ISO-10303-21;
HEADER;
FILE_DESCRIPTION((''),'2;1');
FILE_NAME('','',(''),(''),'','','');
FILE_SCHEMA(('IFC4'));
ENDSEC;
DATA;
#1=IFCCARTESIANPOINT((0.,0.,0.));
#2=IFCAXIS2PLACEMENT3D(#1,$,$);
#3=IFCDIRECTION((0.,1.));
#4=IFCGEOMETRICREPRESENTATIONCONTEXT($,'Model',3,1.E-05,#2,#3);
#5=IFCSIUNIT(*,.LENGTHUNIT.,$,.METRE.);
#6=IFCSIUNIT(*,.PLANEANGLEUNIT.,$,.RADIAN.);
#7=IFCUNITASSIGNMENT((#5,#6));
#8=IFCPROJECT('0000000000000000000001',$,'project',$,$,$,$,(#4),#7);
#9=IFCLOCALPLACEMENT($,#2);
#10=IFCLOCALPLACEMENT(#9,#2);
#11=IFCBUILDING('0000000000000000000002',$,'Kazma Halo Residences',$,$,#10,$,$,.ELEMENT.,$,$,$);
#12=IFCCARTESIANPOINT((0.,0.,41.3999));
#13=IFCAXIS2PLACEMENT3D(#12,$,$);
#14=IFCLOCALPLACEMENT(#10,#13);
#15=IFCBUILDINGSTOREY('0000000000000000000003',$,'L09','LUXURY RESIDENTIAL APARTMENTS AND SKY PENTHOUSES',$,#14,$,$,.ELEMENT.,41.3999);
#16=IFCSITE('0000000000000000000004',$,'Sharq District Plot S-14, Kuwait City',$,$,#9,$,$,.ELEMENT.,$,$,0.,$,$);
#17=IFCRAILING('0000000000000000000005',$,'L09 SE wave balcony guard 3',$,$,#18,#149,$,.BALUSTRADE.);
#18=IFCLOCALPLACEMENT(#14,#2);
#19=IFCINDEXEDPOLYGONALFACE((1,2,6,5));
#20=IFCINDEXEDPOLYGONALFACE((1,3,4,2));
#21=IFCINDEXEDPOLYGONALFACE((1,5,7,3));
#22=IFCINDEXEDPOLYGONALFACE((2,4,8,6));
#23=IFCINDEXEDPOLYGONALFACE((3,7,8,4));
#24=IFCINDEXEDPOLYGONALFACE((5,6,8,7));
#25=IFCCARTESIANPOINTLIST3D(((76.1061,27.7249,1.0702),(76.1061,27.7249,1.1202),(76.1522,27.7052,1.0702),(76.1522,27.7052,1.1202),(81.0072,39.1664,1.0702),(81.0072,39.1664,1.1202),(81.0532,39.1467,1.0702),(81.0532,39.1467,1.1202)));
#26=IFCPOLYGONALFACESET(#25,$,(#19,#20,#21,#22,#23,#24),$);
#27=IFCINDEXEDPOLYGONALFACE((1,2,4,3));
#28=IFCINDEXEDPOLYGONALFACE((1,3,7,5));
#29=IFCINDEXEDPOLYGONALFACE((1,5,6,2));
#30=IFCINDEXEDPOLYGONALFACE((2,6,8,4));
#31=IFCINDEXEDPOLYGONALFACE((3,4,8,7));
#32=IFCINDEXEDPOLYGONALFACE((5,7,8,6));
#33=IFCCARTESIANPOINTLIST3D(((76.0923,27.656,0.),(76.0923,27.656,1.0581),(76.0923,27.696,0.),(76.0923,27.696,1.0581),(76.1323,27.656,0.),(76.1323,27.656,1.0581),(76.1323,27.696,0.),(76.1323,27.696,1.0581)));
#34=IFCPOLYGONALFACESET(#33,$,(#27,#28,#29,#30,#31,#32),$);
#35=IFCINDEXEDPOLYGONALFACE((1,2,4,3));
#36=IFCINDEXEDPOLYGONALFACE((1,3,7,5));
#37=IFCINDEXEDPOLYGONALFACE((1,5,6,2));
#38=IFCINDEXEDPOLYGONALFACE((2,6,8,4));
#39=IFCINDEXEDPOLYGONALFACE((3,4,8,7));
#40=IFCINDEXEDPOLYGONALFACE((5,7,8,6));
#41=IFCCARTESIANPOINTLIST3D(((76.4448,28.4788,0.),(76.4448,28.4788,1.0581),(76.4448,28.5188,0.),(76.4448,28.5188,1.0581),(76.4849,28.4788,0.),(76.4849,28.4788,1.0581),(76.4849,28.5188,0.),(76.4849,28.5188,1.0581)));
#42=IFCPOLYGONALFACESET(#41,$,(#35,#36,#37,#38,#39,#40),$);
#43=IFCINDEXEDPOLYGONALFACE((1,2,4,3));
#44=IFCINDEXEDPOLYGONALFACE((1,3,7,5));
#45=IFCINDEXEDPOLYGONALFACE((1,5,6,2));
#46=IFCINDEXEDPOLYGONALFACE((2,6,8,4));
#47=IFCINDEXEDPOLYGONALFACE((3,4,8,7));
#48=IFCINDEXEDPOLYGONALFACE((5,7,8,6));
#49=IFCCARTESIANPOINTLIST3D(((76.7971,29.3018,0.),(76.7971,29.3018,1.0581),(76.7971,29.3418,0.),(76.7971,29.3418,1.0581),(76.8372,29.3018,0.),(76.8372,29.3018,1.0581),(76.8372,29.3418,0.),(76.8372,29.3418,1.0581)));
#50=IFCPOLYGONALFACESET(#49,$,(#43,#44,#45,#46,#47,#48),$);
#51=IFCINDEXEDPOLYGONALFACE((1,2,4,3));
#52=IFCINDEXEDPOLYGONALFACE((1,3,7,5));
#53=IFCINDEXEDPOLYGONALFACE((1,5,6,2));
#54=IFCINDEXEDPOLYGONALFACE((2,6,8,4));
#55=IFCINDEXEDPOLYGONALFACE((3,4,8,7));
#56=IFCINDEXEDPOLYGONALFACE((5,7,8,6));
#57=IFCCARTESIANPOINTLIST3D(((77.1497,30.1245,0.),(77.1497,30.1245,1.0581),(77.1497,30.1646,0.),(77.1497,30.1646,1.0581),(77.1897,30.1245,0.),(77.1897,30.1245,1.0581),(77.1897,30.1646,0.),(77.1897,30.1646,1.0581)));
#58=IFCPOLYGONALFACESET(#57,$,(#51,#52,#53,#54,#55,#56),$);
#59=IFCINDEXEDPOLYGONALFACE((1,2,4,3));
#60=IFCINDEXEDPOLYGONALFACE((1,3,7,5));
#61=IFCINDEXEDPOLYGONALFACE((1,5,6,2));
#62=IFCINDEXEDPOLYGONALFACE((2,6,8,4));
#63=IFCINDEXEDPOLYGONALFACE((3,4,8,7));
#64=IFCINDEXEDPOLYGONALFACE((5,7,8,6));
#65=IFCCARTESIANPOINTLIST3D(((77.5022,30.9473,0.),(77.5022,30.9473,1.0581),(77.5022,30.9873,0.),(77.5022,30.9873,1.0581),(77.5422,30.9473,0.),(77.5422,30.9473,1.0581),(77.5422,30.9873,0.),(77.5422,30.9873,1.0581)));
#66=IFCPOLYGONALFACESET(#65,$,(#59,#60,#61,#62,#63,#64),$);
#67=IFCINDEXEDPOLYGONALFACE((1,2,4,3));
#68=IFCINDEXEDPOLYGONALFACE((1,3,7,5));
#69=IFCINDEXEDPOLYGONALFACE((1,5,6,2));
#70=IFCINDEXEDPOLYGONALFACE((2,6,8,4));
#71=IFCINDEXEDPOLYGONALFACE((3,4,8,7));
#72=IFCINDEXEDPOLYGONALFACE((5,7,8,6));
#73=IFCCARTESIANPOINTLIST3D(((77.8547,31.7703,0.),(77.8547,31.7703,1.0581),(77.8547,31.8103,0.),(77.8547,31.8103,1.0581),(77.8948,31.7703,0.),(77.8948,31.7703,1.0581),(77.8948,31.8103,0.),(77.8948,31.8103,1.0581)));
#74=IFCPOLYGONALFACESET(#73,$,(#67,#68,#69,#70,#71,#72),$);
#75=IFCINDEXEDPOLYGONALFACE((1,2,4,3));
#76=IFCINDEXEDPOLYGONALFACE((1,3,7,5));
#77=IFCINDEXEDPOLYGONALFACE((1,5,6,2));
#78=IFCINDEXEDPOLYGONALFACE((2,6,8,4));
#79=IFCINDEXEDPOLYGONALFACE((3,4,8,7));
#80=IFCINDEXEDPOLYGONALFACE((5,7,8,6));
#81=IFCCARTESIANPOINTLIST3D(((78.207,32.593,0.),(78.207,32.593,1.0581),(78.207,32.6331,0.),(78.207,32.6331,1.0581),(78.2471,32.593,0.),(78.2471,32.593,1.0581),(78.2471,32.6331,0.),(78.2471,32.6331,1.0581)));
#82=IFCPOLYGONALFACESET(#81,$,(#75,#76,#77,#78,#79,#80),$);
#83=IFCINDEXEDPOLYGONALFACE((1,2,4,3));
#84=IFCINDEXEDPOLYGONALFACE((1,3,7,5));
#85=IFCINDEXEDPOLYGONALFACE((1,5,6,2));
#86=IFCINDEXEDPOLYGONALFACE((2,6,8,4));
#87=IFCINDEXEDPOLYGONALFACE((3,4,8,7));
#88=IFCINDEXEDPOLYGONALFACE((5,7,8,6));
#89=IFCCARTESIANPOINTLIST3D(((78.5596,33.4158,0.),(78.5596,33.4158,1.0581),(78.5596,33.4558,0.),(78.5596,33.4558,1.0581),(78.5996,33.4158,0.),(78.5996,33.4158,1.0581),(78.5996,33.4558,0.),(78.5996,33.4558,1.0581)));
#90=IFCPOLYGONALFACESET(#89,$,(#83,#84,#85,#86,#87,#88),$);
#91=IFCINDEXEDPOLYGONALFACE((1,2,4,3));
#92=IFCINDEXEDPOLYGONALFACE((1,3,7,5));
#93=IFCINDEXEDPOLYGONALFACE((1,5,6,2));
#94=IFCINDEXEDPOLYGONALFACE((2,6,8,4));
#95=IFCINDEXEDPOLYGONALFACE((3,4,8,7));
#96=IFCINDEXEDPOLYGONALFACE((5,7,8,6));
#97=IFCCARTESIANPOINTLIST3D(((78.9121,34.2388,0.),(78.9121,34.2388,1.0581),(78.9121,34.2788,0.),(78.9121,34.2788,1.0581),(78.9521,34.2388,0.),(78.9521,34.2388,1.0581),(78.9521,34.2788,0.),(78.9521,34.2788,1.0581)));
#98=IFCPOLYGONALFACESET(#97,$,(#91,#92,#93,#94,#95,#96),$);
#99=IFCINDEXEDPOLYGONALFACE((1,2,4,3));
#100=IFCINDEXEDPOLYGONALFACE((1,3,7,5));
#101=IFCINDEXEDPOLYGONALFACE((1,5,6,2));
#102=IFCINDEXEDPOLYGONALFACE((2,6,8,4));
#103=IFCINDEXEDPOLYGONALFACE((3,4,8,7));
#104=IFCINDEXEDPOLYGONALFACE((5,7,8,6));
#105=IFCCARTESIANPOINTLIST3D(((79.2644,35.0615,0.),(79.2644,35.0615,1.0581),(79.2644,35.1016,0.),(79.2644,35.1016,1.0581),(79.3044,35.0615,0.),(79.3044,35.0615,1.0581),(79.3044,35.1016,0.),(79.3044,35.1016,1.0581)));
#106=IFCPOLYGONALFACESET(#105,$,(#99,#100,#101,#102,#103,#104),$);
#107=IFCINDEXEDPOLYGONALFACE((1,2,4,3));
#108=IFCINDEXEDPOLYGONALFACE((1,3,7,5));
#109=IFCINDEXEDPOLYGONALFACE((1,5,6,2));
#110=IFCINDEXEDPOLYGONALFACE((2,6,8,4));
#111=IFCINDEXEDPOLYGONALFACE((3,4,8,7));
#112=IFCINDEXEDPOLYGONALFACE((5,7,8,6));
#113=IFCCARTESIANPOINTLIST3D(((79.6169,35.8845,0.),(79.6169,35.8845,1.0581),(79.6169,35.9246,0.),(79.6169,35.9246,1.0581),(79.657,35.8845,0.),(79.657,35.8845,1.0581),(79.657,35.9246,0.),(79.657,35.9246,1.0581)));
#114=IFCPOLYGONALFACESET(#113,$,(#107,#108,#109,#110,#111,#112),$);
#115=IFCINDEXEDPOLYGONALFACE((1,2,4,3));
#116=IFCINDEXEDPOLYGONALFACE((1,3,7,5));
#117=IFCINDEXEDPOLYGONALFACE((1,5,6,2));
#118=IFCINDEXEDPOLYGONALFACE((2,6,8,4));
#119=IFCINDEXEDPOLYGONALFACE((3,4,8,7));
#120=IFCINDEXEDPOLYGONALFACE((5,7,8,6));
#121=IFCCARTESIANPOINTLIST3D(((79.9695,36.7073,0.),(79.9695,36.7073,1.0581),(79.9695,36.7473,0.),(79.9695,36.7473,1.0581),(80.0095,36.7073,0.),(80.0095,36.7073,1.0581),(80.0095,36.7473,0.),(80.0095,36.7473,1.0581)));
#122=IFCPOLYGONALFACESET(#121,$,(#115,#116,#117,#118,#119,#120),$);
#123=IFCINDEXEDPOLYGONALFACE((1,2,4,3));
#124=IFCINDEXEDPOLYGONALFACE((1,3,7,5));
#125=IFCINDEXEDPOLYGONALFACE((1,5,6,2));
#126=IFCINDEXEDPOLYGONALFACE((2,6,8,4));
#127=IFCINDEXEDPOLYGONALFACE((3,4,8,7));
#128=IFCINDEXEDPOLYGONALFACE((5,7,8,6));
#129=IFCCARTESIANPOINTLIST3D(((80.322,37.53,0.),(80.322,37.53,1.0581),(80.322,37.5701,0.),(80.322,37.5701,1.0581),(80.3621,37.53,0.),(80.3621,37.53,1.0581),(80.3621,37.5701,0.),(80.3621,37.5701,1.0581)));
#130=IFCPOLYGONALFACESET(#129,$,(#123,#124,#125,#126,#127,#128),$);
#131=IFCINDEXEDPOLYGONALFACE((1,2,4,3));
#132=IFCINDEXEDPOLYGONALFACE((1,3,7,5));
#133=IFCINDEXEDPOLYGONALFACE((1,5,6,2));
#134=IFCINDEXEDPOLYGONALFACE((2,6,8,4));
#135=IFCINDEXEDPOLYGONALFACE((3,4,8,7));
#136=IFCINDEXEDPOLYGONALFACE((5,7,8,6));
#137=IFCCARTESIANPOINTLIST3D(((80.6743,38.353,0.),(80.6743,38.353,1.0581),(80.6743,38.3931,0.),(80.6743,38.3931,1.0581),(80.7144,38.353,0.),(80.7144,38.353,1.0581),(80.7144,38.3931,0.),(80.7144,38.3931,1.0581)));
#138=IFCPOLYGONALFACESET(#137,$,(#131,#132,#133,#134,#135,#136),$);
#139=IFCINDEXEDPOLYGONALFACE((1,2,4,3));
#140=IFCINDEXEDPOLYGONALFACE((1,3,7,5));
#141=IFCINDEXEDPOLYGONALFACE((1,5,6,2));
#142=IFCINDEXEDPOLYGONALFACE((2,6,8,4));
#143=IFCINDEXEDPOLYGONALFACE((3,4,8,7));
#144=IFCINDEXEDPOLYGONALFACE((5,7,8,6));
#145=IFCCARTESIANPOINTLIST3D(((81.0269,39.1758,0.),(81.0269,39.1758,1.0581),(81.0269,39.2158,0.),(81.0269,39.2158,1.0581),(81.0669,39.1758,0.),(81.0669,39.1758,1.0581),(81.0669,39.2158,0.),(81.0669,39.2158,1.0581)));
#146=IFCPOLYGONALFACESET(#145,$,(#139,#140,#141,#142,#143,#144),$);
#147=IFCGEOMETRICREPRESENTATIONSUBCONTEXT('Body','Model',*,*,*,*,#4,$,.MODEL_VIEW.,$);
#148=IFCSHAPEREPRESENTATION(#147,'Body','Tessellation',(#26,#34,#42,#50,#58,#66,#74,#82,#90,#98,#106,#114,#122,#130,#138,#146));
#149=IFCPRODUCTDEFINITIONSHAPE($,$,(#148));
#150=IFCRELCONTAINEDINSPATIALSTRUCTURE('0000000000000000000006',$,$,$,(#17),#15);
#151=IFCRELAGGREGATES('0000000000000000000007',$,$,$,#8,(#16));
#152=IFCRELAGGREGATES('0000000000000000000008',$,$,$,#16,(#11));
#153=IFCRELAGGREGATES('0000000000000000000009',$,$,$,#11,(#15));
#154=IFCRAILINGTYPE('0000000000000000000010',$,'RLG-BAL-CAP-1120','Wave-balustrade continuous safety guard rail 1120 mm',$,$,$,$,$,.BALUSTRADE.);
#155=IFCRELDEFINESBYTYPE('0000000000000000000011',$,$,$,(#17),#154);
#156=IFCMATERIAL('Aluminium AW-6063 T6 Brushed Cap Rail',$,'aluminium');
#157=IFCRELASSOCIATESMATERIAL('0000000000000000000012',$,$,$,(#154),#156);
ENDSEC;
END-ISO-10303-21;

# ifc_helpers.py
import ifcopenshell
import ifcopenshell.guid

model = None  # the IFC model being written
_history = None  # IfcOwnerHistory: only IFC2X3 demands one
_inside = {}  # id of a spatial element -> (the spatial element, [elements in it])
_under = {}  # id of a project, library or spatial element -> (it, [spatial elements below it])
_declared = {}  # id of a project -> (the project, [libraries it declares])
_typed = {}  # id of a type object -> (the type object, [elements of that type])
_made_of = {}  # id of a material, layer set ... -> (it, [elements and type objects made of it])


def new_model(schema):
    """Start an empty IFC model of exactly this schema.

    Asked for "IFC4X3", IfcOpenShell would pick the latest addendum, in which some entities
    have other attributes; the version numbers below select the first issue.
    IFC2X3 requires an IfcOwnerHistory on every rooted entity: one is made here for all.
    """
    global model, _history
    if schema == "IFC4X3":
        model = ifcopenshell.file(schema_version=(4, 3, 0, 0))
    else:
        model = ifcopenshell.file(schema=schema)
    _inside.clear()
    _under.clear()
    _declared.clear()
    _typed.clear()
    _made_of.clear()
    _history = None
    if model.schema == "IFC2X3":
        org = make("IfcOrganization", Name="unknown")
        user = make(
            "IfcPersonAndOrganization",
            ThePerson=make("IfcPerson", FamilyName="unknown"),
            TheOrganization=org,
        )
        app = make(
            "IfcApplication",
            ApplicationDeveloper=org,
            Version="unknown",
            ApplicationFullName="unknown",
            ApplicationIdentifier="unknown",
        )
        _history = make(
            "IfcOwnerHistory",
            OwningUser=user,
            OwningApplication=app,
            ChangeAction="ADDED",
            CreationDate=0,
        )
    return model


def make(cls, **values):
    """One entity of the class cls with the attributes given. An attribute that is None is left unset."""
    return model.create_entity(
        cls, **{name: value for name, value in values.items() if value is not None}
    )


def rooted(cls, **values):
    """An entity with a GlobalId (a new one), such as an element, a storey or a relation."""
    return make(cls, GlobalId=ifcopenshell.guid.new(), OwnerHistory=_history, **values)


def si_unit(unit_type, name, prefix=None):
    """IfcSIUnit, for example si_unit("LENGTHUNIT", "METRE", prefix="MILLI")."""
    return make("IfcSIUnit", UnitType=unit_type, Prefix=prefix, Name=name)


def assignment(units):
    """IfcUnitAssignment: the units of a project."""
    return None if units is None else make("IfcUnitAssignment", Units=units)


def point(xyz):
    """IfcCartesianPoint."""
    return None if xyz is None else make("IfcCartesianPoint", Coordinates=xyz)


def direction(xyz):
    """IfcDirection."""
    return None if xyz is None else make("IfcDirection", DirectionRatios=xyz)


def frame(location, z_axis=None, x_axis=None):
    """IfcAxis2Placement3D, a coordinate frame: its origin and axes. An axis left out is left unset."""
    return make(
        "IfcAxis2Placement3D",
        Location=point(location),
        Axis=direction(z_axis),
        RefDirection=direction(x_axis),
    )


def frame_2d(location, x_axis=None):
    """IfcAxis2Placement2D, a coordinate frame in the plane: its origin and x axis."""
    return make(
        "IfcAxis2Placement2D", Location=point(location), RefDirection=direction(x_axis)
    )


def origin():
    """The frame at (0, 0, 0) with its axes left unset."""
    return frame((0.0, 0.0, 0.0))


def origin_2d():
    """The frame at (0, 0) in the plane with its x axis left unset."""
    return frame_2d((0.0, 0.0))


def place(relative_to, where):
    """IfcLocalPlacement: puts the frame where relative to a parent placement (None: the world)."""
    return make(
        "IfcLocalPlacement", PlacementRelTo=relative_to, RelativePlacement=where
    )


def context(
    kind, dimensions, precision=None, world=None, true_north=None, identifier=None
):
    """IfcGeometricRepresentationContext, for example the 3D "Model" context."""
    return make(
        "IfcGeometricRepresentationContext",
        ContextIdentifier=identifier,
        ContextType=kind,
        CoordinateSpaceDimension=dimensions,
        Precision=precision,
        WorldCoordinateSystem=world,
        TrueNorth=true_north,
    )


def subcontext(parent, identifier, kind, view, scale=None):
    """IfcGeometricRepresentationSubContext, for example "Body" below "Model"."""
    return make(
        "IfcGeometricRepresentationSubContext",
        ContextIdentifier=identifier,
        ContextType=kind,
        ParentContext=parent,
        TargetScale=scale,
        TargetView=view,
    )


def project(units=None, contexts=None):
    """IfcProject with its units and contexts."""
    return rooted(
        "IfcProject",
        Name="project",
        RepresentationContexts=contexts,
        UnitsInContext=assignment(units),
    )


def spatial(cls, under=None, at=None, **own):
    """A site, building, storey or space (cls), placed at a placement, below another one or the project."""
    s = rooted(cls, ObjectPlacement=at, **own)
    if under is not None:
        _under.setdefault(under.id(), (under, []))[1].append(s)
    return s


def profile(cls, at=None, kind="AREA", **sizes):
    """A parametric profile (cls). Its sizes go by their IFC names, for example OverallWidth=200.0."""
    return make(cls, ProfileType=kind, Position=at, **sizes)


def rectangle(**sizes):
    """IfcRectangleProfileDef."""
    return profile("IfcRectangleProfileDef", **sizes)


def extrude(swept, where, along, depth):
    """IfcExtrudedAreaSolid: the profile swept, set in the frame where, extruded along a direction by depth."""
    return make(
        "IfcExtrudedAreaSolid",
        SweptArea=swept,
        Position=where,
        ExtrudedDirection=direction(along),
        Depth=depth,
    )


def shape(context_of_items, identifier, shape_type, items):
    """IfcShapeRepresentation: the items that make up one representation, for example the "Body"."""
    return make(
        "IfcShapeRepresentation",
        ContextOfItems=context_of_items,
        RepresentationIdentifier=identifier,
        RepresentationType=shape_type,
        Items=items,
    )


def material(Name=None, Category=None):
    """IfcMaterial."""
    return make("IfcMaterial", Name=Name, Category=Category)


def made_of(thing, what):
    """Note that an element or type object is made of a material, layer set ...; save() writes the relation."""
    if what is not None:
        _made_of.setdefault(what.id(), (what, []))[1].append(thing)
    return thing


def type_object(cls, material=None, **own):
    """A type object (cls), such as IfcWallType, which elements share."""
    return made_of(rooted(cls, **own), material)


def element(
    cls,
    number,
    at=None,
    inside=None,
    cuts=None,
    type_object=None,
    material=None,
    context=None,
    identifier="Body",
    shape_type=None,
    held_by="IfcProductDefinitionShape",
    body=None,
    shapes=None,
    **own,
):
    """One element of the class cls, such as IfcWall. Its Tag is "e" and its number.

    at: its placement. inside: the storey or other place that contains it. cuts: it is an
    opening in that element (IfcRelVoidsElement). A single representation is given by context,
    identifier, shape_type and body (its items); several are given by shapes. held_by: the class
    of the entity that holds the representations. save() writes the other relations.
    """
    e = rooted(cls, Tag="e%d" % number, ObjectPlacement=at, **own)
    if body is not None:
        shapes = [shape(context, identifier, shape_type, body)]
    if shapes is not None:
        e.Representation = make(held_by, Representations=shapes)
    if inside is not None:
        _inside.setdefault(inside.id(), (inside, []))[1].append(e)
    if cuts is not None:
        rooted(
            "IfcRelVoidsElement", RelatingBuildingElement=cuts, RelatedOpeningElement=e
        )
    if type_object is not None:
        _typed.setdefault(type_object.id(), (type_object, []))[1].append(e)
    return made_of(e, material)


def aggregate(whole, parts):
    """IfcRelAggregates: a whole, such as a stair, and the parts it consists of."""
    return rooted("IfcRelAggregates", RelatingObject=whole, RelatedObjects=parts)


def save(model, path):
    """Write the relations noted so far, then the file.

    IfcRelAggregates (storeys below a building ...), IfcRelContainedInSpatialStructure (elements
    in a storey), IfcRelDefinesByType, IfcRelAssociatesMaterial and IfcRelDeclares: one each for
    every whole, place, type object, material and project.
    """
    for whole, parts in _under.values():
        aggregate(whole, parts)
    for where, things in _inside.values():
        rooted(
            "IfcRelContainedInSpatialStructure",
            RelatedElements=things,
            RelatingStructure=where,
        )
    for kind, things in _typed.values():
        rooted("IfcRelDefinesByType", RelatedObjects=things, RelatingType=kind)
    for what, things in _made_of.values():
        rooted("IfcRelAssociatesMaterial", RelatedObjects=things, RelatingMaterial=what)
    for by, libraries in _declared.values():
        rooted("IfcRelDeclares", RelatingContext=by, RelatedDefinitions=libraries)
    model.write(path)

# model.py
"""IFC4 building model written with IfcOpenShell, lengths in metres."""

from ifc_helpers import new_model, si_unit, direction, frame, origin, origin_2d, place, context, subcontext, project, spatial, rectangle, extrude, material, type_object, element, save


model = new_model("IFC4")

# Units and contexts
model_context = context("Model", 3, precision=1e-05, world=origin(), true_north=direction((0.0, 1.0)))
body_context = subcontext(model_context, "Body", "Model", "MODEL_VIEW")
ifc_project = project(units=[si_unit("LENGTHUNIT", "METRE"), si_unit("PLANEANGLEUNIT", "RADIAN")], contexts=[model_context])

# Site, building, storey
site_placement = place(None, origin())
site = spatial("IfcSite", under=ifc_project, at=site_placement, Name="Sharq District Plot S-14, Kuwait City", CompositionType="ELEMENT", RefElevation=0.0)
building_placement = place(site_placement, origin())
building = spatial("IfcBuilding", under=site, at=building_placement, Name="Kazma Halo Residences", CompositionType="ELEMENT")
storey_placement = place(building_placement, frame((0.0, 0.0, 41.3999)))
storey = spatial("IfcBuildingStorey", under=building, at=storey_placement, Name="L09", Description="LUXURY RESIDENTIAL APARTMENTS AND SKY PENTHOUSES", CompositionType="ELEMENT", Elevation=41.3999)

# Railing
ifc_material_1 = material(Name="Aluminium AW-6063 T6 Brushed Cap Rail", Category="aluminium")
railing_type = type_object("IfcRailingType", Name="RLG-BAL-CAP-1120", Description="Wave-balustrade continuous safety guard rail 1120 mm", PredefinedType="BALUSTRADE", material=ifc_material_1)
railing_1_placement = place(storey_placement, frame((76.1123, 27.676, 0.0)))
element("IfcRailing", 1, at=railing_1_placement, inside=storey, type_object=railing_type, Name="L09 SE wave balcony guard 3", PredefinedType="BALUSTRADE", context=body_context, shape_type="SweptSolid", body=[
    extrude(rectangle(XDim=0.05, YDim=0.05, at=origin_2d()), frame((0.0168, 0.0391, 1.0952), z_axis=(0.393752, 0.919217, 0.0), x_axis=(-0.919217, 0.393752, 0.0)), (0.0, 0.0, 1.0), 12.447),
    extrude(rectangle(XDim=0.04, YDim=0.04, at=origin_2d()), origin(), (0.0, 0.0, 1.0), 1.0581),
    extrude(rectangle(XDim=0.04, YDim=0.04, at=origin_2d()), frame((0.3525, 0.8228, 0.0)), (0.0, 0.0, 1.0), 1.0581),
    extrude(rectangle(XDim=0.04, YDim=0.04, at=origin_2d()), frame((0.7048, 1.6458, 0.0)), (0.0, 0.0, 1.0), 1.0581),
    extrude(rectangle(XDim=0.04, YDim=0.04, at=origin_2d()), frame((1.0574, 2.4685, 0.0)), (0.0, 0.0, 1.0), 1.0581),
    extrude(rectangle(XDim=0.04, YDim=0.04, at=origin_2d()), frame((1.4099, 3.2913, 0.0)), (0.0, 0.0, 1.0), 1.0581),
    extrude(rectangle(XDim=0.04, YDim=0.04, at=origin_2d()), frame((1.7625, 4.1143, 0.0)), (0.0, 0.0, 1.0), 1.0581),
    extrude(rectangle(XDim=0.04, YDim=0.04, at=origin_2d()), frame((2.1147, 4.937, 0.0)), (0.0, 0.0, 1.0), 1.0581),
    extrude(rectangle(XDim=0.04, YDim=0.04, at=origin_2d()), frame((2.4673, 5.7598, 0.0)), (0.0, 0.0, 1.0), 1.0581),
    extrude(rectangle(XDim=0.04, YDim=0.04, at=origin_2d()), frame((2.8198, 6.5828, 0.0)), (0.0, 0.0, 1.0), 1.0581),
    extrude(rectangle(XDim=0.04, YDim=0.04, at=origin_2d()), frame((3.1721, 7.4055, 0.0)), (0.0, 0.0, 1.0), 1.0581),
    extrude(rectangle(XDim=0.04, YDim=0.04, at=origin_2d()), frame((3.5247, 8.2285, 0.0)), (0.0, 0.0, 1.0), 1.0581),
    extrude(rectangle(XDim=0.04, YDim=0.04, at=origin_2d()), frame((3.8772, 9.0513, 0.0)), (0.0, 0.0, 1.0), 1.0581),
    extrude(rectangle(XDim=0.04, YDim=0.04, at=origin_2d()), frame((4.2297, 9.874, 0.0)), (0.0, 0.0, 1.0), 1.0581),
    extrude(rectangle(XDim=0.04, YDim=0.04, at=origin_2d()), frame((4.582, 10.697, 0.0)), (0.0, 0.0, 1.0), 1.0581),
    extrude(rectangle(XDim=0.04, YDim=0.04, at=origin_2d()), frame((4.9346, 11.5198, 0.0)), (0.0, 0.0, 1.0), 1.0581),
])

save(model, "model.ifc")
